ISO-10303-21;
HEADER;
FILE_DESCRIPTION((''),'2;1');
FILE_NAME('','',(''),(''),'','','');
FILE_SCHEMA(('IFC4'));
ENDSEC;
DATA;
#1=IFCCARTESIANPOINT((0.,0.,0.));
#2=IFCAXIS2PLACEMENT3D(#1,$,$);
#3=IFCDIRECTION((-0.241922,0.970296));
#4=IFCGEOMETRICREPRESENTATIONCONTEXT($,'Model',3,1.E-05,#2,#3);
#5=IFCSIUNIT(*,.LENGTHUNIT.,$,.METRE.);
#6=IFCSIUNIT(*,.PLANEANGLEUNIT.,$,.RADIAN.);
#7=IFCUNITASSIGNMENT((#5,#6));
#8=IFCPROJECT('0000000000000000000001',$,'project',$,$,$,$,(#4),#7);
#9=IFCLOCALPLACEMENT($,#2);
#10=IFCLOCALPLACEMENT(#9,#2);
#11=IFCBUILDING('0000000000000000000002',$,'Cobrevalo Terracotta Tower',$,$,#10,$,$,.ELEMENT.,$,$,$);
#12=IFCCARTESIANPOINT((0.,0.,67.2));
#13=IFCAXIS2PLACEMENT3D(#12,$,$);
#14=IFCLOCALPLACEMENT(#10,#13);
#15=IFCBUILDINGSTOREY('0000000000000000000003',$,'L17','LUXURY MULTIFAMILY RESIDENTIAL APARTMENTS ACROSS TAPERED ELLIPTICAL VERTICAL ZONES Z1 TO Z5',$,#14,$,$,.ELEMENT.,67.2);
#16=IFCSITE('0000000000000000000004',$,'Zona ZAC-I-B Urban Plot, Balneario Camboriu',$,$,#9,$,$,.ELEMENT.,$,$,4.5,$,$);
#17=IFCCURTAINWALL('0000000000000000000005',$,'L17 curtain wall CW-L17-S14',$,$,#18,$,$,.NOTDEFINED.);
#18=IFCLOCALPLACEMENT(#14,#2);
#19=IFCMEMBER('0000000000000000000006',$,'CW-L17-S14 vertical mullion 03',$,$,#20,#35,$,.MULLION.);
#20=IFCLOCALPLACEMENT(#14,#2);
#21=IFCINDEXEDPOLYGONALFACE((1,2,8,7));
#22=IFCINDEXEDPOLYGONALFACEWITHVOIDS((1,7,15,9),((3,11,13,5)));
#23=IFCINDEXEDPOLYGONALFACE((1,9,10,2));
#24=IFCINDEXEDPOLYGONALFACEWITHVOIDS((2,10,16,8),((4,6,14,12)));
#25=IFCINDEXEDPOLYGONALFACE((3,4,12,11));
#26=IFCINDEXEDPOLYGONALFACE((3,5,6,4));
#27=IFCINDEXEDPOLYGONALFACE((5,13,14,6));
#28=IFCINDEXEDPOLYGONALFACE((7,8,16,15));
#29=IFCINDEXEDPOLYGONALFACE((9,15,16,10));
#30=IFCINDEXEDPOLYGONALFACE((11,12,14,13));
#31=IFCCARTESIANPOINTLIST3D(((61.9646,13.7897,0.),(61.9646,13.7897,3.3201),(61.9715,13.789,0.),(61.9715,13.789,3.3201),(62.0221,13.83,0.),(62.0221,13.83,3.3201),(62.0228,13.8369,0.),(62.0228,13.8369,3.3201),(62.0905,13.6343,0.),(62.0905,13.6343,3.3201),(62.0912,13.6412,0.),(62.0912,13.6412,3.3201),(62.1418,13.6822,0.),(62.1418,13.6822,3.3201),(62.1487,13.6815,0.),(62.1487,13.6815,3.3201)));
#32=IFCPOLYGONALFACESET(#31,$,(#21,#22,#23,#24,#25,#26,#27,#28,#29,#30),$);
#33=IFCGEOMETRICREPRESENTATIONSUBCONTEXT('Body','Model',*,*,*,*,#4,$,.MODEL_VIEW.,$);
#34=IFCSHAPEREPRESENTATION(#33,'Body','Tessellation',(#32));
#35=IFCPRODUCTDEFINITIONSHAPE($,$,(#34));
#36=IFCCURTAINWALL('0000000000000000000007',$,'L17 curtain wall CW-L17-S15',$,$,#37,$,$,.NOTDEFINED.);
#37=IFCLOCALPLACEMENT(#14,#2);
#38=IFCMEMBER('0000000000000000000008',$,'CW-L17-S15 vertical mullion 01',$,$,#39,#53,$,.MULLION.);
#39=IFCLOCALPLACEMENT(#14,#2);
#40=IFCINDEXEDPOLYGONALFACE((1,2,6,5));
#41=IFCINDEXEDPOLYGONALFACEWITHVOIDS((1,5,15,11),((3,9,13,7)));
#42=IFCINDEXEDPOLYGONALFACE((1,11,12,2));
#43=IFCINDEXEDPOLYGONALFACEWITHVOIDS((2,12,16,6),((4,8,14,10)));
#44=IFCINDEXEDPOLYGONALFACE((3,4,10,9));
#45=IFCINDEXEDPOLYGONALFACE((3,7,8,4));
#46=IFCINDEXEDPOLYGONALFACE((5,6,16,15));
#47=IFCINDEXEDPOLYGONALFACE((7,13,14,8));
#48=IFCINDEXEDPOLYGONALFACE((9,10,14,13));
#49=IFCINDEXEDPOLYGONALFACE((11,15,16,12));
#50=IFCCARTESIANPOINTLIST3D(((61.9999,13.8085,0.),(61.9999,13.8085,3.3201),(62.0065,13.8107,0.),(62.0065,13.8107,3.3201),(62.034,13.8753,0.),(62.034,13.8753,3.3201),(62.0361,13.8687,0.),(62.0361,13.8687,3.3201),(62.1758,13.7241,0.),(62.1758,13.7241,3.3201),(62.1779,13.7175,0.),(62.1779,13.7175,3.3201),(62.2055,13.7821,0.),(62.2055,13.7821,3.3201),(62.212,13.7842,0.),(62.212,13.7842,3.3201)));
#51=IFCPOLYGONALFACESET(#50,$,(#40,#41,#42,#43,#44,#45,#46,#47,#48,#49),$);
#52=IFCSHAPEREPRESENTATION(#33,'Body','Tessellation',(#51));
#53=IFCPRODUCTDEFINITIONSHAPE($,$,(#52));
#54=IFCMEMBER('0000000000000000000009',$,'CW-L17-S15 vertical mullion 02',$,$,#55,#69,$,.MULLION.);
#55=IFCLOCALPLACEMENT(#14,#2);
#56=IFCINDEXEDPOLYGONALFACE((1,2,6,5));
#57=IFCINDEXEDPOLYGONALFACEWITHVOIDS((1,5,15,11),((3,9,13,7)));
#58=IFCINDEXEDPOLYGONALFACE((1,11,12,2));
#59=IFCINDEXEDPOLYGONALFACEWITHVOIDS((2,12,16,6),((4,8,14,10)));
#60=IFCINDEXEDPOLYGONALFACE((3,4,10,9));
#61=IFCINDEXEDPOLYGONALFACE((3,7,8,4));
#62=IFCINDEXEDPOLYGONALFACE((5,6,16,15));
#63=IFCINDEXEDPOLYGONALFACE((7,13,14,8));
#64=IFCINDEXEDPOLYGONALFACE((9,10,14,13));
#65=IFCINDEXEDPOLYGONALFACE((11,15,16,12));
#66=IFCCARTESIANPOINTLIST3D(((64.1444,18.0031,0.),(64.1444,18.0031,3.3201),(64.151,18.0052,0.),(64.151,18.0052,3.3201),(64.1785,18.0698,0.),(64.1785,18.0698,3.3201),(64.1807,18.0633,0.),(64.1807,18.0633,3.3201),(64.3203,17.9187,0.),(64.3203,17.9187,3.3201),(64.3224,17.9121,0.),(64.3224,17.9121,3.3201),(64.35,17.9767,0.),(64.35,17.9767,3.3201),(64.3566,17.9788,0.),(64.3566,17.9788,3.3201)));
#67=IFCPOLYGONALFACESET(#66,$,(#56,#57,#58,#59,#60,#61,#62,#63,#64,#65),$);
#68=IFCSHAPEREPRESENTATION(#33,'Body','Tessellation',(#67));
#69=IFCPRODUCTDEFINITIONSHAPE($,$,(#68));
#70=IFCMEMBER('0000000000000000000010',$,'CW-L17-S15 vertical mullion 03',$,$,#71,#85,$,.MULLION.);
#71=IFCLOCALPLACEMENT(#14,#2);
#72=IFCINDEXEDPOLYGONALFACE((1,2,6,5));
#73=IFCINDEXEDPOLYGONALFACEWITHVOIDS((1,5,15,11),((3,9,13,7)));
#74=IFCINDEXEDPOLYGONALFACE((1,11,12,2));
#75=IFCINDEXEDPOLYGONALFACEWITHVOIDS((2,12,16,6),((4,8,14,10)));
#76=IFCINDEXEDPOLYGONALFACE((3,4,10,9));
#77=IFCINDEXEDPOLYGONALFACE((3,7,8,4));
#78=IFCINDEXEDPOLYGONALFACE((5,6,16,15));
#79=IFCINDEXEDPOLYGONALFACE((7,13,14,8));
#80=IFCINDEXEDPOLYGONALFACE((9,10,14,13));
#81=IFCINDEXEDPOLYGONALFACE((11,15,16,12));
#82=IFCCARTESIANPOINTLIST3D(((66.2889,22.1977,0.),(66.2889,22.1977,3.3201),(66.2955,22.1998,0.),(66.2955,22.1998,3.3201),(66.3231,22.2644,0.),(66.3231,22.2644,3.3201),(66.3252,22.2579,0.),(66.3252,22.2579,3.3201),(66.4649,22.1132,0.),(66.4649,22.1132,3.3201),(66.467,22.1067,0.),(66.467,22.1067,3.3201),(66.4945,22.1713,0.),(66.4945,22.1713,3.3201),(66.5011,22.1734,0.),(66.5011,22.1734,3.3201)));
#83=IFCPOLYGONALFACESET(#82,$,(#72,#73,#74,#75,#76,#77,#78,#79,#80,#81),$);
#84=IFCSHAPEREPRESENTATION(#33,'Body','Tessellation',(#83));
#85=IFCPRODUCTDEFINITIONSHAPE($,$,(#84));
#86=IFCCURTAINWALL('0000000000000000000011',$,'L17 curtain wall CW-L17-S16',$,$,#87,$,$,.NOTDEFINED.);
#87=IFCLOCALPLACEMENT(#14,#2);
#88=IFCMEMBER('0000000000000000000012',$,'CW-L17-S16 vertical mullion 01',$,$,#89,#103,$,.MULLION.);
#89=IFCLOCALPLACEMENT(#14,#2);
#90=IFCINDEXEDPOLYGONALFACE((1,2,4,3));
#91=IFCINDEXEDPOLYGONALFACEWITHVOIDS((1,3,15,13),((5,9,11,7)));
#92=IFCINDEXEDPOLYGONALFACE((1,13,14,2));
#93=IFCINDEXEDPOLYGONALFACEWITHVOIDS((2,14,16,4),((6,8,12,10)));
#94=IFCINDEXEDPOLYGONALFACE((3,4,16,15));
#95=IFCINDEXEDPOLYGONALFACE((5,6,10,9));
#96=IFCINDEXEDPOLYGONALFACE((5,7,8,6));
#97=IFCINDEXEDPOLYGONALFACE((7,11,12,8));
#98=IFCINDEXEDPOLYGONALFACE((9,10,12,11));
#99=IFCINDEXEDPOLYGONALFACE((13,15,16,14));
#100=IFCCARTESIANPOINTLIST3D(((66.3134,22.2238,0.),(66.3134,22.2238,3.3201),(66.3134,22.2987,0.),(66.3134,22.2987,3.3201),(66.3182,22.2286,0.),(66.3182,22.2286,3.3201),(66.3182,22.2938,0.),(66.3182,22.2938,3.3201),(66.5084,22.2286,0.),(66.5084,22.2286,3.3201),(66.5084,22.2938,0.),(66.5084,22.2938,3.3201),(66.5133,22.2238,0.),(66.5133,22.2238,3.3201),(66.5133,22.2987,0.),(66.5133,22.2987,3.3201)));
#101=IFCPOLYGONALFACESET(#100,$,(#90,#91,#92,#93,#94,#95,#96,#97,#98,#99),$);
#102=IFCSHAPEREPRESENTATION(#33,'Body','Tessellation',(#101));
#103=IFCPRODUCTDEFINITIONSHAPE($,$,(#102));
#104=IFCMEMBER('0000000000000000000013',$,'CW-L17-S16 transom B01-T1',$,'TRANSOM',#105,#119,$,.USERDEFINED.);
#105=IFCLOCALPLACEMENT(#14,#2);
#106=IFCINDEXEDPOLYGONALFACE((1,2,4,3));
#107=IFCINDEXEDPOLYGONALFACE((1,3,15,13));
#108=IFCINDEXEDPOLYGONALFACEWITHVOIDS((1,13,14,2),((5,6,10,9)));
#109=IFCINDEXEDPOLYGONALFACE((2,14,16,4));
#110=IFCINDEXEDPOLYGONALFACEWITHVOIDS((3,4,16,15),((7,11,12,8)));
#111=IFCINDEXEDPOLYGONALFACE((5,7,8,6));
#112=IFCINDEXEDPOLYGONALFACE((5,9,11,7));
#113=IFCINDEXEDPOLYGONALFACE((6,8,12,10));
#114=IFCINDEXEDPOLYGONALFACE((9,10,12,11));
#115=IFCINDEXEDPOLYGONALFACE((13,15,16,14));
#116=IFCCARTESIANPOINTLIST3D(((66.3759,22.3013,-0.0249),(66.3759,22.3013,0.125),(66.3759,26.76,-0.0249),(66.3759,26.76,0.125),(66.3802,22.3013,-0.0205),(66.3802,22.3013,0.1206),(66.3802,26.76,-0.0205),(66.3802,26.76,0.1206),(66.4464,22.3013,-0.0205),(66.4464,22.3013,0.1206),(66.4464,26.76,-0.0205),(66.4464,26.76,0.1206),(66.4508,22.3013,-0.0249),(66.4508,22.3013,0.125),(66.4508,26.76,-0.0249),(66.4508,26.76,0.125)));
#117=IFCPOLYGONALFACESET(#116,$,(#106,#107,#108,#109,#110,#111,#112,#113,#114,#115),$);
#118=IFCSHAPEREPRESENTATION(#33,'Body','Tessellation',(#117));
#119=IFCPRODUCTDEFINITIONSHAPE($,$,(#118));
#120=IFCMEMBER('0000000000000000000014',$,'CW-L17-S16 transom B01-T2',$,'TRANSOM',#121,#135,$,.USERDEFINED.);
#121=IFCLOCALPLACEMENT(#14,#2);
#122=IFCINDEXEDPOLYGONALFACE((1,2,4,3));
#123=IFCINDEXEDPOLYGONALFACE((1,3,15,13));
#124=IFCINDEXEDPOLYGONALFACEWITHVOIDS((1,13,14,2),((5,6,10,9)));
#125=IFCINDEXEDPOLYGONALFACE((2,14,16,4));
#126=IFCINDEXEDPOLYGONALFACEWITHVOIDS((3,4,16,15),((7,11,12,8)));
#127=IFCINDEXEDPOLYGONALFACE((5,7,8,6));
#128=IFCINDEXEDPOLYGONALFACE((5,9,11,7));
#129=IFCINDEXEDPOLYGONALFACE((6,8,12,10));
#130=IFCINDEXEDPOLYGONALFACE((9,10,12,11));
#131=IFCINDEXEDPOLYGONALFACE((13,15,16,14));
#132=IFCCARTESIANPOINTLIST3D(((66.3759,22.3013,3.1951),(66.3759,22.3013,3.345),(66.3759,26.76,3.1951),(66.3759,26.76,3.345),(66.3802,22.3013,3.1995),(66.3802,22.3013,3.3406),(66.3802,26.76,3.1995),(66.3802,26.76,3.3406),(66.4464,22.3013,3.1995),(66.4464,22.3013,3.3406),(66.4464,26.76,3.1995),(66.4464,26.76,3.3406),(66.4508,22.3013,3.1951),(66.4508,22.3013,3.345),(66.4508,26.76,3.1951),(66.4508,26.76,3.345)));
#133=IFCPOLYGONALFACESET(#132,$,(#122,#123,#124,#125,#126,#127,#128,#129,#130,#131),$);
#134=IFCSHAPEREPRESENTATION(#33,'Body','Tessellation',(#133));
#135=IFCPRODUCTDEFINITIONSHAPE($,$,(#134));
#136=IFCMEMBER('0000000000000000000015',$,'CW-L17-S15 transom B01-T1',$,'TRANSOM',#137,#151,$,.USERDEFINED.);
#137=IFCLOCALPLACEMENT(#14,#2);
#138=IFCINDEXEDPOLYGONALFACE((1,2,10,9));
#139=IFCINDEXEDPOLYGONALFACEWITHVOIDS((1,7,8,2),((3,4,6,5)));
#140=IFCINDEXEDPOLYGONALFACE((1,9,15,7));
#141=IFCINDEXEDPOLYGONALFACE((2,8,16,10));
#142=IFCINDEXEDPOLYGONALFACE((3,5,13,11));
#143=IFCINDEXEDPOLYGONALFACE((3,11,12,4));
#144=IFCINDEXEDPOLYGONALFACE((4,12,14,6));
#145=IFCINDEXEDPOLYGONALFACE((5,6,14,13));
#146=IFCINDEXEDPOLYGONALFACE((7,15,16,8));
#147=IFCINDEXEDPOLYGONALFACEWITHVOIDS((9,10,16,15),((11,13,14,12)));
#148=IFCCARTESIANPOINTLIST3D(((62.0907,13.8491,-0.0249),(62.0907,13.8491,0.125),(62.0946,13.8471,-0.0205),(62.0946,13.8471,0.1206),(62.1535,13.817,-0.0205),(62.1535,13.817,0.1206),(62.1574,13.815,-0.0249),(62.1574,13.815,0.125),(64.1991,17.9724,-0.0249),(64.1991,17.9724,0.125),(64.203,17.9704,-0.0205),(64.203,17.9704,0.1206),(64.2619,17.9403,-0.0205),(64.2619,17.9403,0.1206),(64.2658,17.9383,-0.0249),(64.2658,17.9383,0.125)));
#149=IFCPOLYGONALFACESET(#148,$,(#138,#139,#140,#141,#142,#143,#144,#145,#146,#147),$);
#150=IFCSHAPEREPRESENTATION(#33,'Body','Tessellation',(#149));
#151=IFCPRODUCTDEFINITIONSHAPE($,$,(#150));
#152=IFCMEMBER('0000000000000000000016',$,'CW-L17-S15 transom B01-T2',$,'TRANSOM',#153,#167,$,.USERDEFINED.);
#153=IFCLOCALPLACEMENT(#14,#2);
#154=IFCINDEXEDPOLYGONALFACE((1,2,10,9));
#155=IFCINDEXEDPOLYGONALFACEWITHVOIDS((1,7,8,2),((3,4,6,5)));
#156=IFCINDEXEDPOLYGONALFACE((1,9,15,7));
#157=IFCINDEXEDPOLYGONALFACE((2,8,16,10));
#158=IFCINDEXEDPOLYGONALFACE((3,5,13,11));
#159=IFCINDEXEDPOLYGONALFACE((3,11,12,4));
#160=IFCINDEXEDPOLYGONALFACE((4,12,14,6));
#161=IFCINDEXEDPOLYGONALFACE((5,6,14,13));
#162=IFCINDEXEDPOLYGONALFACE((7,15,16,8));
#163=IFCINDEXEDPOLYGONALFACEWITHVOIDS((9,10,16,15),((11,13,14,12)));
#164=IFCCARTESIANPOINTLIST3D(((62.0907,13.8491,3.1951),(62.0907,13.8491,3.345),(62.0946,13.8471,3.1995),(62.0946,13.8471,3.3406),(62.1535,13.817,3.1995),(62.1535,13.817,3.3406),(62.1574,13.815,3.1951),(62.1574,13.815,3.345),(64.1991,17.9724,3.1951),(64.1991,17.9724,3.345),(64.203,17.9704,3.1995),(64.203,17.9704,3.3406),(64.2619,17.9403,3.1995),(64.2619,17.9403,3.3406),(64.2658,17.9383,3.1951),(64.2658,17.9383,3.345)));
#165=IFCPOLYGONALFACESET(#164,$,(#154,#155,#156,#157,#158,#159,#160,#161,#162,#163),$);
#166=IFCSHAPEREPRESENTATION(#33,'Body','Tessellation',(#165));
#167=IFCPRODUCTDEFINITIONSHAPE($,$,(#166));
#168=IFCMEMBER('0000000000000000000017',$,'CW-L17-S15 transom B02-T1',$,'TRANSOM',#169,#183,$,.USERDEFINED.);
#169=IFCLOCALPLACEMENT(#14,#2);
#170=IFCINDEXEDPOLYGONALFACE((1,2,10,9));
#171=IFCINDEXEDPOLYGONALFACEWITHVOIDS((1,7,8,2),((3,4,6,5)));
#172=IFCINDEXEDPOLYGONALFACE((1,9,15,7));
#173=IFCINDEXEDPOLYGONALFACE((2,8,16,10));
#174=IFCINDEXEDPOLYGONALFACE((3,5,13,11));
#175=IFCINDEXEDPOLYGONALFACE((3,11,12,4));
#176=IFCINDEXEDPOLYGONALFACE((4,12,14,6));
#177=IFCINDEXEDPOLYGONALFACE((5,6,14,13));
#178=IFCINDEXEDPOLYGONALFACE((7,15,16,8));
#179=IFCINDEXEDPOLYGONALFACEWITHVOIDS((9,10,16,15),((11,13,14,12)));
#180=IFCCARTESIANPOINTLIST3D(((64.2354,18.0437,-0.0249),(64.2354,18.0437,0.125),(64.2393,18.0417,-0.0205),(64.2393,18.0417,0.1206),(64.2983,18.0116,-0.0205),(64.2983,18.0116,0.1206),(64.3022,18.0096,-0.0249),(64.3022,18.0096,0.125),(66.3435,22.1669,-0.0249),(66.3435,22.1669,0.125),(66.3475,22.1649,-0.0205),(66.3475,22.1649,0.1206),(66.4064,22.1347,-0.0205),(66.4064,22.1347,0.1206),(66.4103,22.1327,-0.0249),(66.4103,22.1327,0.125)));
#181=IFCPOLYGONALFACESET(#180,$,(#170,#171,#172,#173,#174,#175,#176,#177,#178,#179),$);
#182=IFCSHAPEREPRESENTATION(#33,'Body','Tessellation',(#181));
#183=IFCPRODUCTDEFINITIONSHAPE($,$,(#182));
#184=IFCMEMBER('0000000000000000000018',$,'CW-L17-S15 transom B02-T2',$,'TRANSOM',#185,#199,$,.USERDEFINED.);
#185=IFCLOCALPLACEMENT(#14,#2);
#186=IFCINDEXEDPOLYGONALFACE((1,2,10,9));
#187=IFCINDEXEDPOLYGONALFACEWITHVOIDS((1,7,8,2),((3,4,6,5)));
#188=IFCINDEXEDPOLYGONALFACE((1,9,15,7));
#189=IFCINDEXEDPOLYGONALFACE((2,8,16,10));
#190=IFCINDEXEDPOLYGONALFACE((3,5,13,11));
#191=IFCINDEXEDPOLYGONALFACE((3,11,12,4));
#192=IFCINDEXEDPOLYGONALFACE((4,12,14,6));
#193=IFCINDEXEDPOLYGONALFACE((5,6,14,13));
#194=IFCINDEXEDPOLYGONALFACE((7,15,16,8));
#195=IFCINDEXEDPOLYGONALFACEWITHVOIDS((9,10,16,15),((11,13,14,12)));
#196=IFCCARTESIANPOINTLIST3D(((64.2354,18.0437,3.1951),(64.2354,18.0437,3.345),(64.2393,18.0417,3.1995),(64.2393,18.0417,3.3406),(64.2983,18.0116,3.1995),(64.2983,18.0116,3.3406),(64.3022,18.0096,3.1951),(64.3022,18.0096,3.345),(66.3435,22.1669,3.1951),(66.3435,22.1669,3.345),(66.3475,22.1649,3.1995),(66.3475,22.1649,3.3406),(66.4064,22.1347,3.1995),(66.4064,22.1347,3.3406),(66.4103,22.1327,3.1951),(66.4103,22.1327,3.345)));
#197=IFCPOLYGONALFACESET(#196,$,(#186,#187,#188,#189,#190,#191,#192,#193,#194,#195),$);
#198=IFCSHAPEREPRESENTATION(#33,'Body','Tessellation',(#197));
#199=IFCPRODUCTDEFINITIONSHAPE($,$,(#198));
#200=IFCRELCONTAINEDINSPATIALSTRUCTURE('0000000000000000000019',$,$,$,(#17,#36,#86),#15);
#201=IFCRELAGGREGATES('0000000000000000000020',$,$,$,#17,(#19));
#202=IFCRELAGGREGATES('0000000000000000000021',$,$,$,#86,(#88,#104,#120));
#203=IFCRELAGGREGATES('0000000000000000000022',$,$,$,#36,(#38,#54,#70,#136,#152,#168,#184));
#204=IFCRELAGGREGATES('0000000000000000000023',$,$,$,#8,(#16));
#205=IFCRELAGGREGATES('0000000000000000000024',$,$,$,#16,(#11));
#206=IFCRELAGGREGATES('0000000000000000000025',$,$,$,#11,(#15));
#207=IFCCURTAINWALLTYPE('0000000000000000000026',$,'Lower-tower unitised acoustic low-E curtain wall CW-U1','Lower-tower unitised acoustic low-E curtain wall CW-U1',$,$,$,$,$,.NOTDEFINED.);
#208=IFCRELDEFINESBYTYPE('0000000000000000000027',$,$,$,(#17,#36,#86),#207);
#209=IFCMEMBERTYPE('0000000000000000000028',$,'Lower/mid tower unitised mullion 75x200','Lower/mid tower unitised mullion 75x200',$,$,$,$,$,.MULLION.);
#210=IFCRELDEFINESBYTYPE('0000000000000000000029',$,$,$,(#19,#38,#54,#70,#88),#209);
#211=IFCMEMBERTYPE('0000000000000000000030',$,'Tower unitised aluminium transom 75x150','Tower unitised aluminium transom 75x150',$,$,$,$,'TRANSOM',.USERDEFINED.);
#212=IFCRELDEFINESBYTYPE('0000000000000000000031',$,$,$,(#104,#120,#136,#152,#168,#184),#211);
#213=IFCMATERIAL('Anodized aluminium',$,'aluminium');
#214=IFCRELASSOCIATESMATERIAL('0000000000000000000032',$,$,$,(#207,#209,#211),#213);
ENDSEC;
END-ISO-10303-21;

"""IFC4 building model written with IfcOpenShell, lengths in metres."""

from ifc_helpers import new_model, si_unit, direction, frame, origin, origin_2d, place, context, subcontext, project, spatial, hollow_rectangle, extrude, source, transform, mapped, material, material_profile, profile_set, type_object, element, aggregate, save


model = new_model("IFC4")

# Units and contexts
model_context = context("Model", 3, precision=1e-05, world=origin(), true_north=direction((-0.241922, 0.970296)))
body_context = subcontext(model_context, "Body", "Model", "MODEL_VIEW")
ifc_project = project(units=[si_unit("LENGTHUNIT", "METRE"), si_unit("PLANEANGLEUNIT", "RADIAN")], contexts=[model_context])

# Site, building, storey
site_placement = place(None, origin())
site = spatial("IfcSite", under=ifc_project, at=site_placement, Name="Zona ZAC-I-B Urban Plot, Balneario Camboriu", CompositionType="ELEMENT", RefElevation=4.5)
building_placement = place(site_placement, origin())
building = spatial("IfcBuilding", under=site, at=building_placement, Name="Cobrevalo Terracotta Tower", CompositionType="ELEMENT")
storey_placement = place(building_placement, frame((0.0, 0.0, 67.2)))
storey = spatial("IfcBuildingStorey", under=building, at=storey_placement, Name="L17", Description="LUXURY MULTIFAMILY RESIDENTIAL APARTMENTS ACROSS TAPERED ELLIPTICAL VERTICAL ZONES Z1 TO Z5", CompositionType="ELEMENT", Elevation=67.2)

# Curtain wall, member
ifc_material_1 = material(Name="Anodized aluminium", Category="aluminium")
curtain_wall_type = type_object("IfcCurtainWallType", Name="Lower-tower unitised acoustic low-E curtain wall CW-U1", Description="Lower-tower unitised acoustic low-E curtain wall CW-U1", PredefinedType="NOTDEFINED", material=ifc_material_1)
curtain_wall_1_placement = place(storey_placement, origin())
curtain_wall_1 = element("IfcCurtainWall", 1, at=curtain_wall_1_placement, inside=storey, type_object=curtain_wall_type, Name="L17 curtain wall CW-L17-S14", PredefinedType="NOTDEFINED")
ifc_material_profile_1 = material_profile(ifc_material_1, hollow_rectangle(XDim=0.075, YDim=0.2, WallThickness=0.0049, at=origin_2d()), Name="CWM 75x200")
ifc_profile_set_1 = profile_set([ifc_material_profile_1], Name="Anodized aluminium")
member_type_1 = type_object("IfcMemberType", Name="Lower/mid tower unitised mullion 75x200", Description="Lower/mid tower unitised mullion 75x200", PredefinedType="MULLION", material=ifc_profile_set_1)
shared_shape_1 = source(origin(), body_context, "Body", "SweptSolid", [
    extrude(hollow_rectangle(XDim=0.075, YDim=0.2, WallThickness=0.0049, at=origin_2d()), origin(), (0.0, 0.0, 1.0), 3.3201),
])
member_1_placement = place(storey_placement, frame((62.0566, 13.7356, 0.0), z_axis=(0.0, 0.0, 1.0), x_axis=(0.777003, 0.629497, 0.0)))
member_1 = element("IfcMember", 2, at=member_1_placement, type_object=member_type_1, Name="CW-L17-S14 vertical mullion 03", PredefinedType="MULLION", context=body_context, shape_type="MappedRepresentation", body=[
    mapped(shared_shape_1, transform((0.0, 0.0, 0.0), scale=1.0)),
])
aggregate(curtain_wall_1, [member_1])

# Curtain walls, members
curtain_wall_2_placement = place(storey_placement, origin())
curtain_wall_2 = element("IfcCurtainWall", 3, at=curtain_wall_2_placement, inside=storey, type_object=curtain_wall_type, Name="L17 curtain wall CW-L17-S15", PredefinedType="NOTDEFINED")
member_2_placement = place(storey_placement, frame((62.106, 13.7964, 0.0), z_axis=(0.0, 0.0, 1.0), x_axis=(0.455234, 0.890372, 0.0)))
member_2 = element("IfcMember", 4, at=member_2_placement, type_object=member_type_1, Name="CW-L17-S15 vertical mullion 01", PredefinedType="MULLION", context=body_context, shape_type="MappedRepresentation", body=[
    mapped(shared_shape_1, transform((0.0, 0.0, 0.0), scale=1.0)),
])
member_3_placement = place(storey_placement, frame((64.2505, 17.991, 0.0), z_axis=(0.0, 0.0, 1.0), x_axis=(0.455234, 0.890372, 0.0)))
member_3 = element("IfcMember", 5, at=member_3_placement, type_object=member_type_1, Name="CW-L17-S15 vertical mullion 02", PredefinedType="MULLION", context=body_context, shape_type="MappedRepresentation", body=[
    mapped(shared_shape_1, transform((0.0, 0.0, 0.0), scale=1.0)),
])
member_4_placement = place(storey_placement, frame((66.395, 22.1855, 0.0), z_axis=(0.0, 0.0, 1.0), x_axis=(0.455234, 0.890372, 0.0)))
member_4 = element("IfcMember", 6, at=member_4_placement, type_object=member_type_1, Name="CW-L17-S15 vertical mullion 03", PredefinedType="MULLION", context=body_context, shape_type="MappedRepresentation", body=[
    mapped(shared_shape_1, transform((0.0, 0.0, 0.0), scale=1.0)),
])
curtain_wall_3_placement = place(storey_placement, origin())
curtain_wall_3 = element("IfcCurtainWall", 7, at=curtain_wall_3_placement, inside=storey, type_object=curtain_wall_type, Name="L17 curtain wall CW-L17-S16", PredefinedType="NOTDEFINED")
member_5_placement = place(storey_placement, frame((66.4133, 22.2612, 0.0), z_axis=(0.0, 0.0, 1.0), x_axis=(0.0, 1.0, 0.0)))
member_5 = element("IfcMember", 8, at=member_5_placement, type_object=member_type_1, Name="CW-L17-S16 vertical mullion 01", PredefinedType="MULLION", context=body_context, shape_type="MappedRepresentation", body=[
    mapped(shared_shape_1, transform((0.0, 0.0, 0.0), scale=1.0)),
])
ifc_material_profile_2 = material_profile(ifc_material_1, hollow_rectangle(XDim=0.075, YDim=0.1499, WallThickness=0.0044, at=origin_2d()), Name="CWT 75x150")
ifc_profile_set_2 = profile_set([ifc_material_profile_2], Name="Anodized aluminium")
member_type_2 = type_object("IfcMemberType", Name="Tower unitised aluminium transom 75x150", Description="Tower unitised aluminium transom 75x150", ElementType="TRANSOM", PredefinedType="USERDEFINED", material=ifc_profile_set_2)
shared_shape_2 = source(origin(), body_context, "Body", "SweptSolid", [
    extrude(hollow_rectangle(XDim=0.075, YDim=0.1499, WallThickness=0.0044, at=origin_2d()), origin(), (0.0, 0.0, 1.0), 4.4587),
])
member_6_placement = place(storey_placement, frame((66.4133, 22.3013, 0.05), z_axis=(0.0, 1.0, 0.0), x_axis=(-1.0, 0.0, 0.0)))
member_6 = element("IfcMember", 9, at=member_6_placement, type_object=member_type_2, Name="CW-L17-S16 transom B01-T1", ObjectType="TRANSOM", PredefinedType="USERDEFINED", context=body_context, shape_type="MappedRepresentation", body=[
    mapped(shared_shape_2, transform((0.0, 0.0, 0.0), scale=1.0)),
])
member_7_placement = place(storey_placement, frame((66.4133, 22.3013, 3.27), z_axis=(0.0, 1.0, 0.0), x_axis=(-1.0, 0.0, 0.0)))
member_7 = element("IfcMember", 10, at=member_7_placement, type_object=member_type_2, Name="CW-L17-S16 transom B01-T2", ObjectType="TRANSOM", PredefinedType="USERDEFINED", context=body_context, shape_type="MappedRepresentation", body=[
    mapped(shared_shape_2, transform((0.0, 0.0, 0.0), scale=1.0)),
])
aggregate(curtain_wall_3, [member_5, member_6, member_7])

# Members
shared_shape_3 = source(origin(), body_context, "Body", "SweptSolid", [
    extrude(hollow_rectangle(XDim=0.075, YDim=0.1499, WallThickness=0.0044, at=origin_2d()), origin(), (0.0, 0.0, 1.0), 4.6311),
])
member_8_placement = place(storey_placement, frame((62.124, 13.832, 0.05), z_axis=(0.455272, 0.890353, 0.0), x_axis=(-0.890353, 0.455272, 0.0)))
member_8 = element("IfcMember", 11, at=member_8_placement, type_object=member_type_2, Name="CW-L17-S15 transom B01-T1", ObjectType="TRANSOM", PredefinedType="USERDEFINED", context=body_context, shape_type="MappedRepresentation", body=[
    mapped(shared_shape_3, transform((0.0, 0.0, 0.0), scale=1.0)),
])
member_9_placement = place(storey_placement, frame((62.124, 13.832, 3.27), z_axis=(0.455272, 0.890353, 0.0), x_axis=(-0.890353, 0.455272, 0.0)))
member_9 = element("IfcMember", 12, at=member_9_placement, type_object=member_type_2, Name="CW-L17-S15 transom B01-T2", ObjectType="TRANSOM", PredefinedType="USERDEFINED", context=body_context, shape_type="MappedRepresentation", body=[
    mapped(shared_shape_3, transform((0.0, 0.0, 0.0), scale=1.0)),
])
shared_shape_4 = source(origin(), body_context, "Body", "SweptSolid", [
    extrude(hollow_rectangle(XDim=0.075, YDim=0.1499, WallThickness=0.0044, at=origin_2d()), origin(), (0.0, 0.0, 1.0), 4.6309),
])
member_10_placement = place(storey_placement, frame((64.2688, 18.0266, 0.05), z_axis=(0.45523, 0.890374, 0.0), x_axis=(-0.890374, 0.45523, 0.0)))
member_10 = element("IfcMember", 13, at=member_10_placement, type_object=member_type_2, Name="CW-L17-S15 transom B02-T1", ObjectType="TRANSOM", PredefinedType="USERDEFINED", context=body_context, shape_type="MappedRepresentation", body=[
    mapped(shared_shape_4, transform((0.0, 0.0, 0.0), scale=1.0)),
])
member_11_placement = place(storey_placement, frame((64.2688, 18.0266, 3.27), z_axis=(0.45523, 0.890374, 0.0), x_axis=(-0.890374, 0.45523, 0.0)))
member_11 = element("IfcMember", 14, at=member_11_placement, type_object=member_type_2, Name="CW-L17-S15 transom B02-T2", ObjectType="TRANSOM", PredefinedType="USERDEFINED", context=body_context, shape_type="MappedRepresentation", body=[
    mapped(shared_shape_4, transform((0.0, 0.0, 0.0), scale=1.0)),
])

aggregate(curtain_wall_2, [member_2, member_3, member_4, member_8, member_9, member_10, member_11])

save(model, "model.ifc")
